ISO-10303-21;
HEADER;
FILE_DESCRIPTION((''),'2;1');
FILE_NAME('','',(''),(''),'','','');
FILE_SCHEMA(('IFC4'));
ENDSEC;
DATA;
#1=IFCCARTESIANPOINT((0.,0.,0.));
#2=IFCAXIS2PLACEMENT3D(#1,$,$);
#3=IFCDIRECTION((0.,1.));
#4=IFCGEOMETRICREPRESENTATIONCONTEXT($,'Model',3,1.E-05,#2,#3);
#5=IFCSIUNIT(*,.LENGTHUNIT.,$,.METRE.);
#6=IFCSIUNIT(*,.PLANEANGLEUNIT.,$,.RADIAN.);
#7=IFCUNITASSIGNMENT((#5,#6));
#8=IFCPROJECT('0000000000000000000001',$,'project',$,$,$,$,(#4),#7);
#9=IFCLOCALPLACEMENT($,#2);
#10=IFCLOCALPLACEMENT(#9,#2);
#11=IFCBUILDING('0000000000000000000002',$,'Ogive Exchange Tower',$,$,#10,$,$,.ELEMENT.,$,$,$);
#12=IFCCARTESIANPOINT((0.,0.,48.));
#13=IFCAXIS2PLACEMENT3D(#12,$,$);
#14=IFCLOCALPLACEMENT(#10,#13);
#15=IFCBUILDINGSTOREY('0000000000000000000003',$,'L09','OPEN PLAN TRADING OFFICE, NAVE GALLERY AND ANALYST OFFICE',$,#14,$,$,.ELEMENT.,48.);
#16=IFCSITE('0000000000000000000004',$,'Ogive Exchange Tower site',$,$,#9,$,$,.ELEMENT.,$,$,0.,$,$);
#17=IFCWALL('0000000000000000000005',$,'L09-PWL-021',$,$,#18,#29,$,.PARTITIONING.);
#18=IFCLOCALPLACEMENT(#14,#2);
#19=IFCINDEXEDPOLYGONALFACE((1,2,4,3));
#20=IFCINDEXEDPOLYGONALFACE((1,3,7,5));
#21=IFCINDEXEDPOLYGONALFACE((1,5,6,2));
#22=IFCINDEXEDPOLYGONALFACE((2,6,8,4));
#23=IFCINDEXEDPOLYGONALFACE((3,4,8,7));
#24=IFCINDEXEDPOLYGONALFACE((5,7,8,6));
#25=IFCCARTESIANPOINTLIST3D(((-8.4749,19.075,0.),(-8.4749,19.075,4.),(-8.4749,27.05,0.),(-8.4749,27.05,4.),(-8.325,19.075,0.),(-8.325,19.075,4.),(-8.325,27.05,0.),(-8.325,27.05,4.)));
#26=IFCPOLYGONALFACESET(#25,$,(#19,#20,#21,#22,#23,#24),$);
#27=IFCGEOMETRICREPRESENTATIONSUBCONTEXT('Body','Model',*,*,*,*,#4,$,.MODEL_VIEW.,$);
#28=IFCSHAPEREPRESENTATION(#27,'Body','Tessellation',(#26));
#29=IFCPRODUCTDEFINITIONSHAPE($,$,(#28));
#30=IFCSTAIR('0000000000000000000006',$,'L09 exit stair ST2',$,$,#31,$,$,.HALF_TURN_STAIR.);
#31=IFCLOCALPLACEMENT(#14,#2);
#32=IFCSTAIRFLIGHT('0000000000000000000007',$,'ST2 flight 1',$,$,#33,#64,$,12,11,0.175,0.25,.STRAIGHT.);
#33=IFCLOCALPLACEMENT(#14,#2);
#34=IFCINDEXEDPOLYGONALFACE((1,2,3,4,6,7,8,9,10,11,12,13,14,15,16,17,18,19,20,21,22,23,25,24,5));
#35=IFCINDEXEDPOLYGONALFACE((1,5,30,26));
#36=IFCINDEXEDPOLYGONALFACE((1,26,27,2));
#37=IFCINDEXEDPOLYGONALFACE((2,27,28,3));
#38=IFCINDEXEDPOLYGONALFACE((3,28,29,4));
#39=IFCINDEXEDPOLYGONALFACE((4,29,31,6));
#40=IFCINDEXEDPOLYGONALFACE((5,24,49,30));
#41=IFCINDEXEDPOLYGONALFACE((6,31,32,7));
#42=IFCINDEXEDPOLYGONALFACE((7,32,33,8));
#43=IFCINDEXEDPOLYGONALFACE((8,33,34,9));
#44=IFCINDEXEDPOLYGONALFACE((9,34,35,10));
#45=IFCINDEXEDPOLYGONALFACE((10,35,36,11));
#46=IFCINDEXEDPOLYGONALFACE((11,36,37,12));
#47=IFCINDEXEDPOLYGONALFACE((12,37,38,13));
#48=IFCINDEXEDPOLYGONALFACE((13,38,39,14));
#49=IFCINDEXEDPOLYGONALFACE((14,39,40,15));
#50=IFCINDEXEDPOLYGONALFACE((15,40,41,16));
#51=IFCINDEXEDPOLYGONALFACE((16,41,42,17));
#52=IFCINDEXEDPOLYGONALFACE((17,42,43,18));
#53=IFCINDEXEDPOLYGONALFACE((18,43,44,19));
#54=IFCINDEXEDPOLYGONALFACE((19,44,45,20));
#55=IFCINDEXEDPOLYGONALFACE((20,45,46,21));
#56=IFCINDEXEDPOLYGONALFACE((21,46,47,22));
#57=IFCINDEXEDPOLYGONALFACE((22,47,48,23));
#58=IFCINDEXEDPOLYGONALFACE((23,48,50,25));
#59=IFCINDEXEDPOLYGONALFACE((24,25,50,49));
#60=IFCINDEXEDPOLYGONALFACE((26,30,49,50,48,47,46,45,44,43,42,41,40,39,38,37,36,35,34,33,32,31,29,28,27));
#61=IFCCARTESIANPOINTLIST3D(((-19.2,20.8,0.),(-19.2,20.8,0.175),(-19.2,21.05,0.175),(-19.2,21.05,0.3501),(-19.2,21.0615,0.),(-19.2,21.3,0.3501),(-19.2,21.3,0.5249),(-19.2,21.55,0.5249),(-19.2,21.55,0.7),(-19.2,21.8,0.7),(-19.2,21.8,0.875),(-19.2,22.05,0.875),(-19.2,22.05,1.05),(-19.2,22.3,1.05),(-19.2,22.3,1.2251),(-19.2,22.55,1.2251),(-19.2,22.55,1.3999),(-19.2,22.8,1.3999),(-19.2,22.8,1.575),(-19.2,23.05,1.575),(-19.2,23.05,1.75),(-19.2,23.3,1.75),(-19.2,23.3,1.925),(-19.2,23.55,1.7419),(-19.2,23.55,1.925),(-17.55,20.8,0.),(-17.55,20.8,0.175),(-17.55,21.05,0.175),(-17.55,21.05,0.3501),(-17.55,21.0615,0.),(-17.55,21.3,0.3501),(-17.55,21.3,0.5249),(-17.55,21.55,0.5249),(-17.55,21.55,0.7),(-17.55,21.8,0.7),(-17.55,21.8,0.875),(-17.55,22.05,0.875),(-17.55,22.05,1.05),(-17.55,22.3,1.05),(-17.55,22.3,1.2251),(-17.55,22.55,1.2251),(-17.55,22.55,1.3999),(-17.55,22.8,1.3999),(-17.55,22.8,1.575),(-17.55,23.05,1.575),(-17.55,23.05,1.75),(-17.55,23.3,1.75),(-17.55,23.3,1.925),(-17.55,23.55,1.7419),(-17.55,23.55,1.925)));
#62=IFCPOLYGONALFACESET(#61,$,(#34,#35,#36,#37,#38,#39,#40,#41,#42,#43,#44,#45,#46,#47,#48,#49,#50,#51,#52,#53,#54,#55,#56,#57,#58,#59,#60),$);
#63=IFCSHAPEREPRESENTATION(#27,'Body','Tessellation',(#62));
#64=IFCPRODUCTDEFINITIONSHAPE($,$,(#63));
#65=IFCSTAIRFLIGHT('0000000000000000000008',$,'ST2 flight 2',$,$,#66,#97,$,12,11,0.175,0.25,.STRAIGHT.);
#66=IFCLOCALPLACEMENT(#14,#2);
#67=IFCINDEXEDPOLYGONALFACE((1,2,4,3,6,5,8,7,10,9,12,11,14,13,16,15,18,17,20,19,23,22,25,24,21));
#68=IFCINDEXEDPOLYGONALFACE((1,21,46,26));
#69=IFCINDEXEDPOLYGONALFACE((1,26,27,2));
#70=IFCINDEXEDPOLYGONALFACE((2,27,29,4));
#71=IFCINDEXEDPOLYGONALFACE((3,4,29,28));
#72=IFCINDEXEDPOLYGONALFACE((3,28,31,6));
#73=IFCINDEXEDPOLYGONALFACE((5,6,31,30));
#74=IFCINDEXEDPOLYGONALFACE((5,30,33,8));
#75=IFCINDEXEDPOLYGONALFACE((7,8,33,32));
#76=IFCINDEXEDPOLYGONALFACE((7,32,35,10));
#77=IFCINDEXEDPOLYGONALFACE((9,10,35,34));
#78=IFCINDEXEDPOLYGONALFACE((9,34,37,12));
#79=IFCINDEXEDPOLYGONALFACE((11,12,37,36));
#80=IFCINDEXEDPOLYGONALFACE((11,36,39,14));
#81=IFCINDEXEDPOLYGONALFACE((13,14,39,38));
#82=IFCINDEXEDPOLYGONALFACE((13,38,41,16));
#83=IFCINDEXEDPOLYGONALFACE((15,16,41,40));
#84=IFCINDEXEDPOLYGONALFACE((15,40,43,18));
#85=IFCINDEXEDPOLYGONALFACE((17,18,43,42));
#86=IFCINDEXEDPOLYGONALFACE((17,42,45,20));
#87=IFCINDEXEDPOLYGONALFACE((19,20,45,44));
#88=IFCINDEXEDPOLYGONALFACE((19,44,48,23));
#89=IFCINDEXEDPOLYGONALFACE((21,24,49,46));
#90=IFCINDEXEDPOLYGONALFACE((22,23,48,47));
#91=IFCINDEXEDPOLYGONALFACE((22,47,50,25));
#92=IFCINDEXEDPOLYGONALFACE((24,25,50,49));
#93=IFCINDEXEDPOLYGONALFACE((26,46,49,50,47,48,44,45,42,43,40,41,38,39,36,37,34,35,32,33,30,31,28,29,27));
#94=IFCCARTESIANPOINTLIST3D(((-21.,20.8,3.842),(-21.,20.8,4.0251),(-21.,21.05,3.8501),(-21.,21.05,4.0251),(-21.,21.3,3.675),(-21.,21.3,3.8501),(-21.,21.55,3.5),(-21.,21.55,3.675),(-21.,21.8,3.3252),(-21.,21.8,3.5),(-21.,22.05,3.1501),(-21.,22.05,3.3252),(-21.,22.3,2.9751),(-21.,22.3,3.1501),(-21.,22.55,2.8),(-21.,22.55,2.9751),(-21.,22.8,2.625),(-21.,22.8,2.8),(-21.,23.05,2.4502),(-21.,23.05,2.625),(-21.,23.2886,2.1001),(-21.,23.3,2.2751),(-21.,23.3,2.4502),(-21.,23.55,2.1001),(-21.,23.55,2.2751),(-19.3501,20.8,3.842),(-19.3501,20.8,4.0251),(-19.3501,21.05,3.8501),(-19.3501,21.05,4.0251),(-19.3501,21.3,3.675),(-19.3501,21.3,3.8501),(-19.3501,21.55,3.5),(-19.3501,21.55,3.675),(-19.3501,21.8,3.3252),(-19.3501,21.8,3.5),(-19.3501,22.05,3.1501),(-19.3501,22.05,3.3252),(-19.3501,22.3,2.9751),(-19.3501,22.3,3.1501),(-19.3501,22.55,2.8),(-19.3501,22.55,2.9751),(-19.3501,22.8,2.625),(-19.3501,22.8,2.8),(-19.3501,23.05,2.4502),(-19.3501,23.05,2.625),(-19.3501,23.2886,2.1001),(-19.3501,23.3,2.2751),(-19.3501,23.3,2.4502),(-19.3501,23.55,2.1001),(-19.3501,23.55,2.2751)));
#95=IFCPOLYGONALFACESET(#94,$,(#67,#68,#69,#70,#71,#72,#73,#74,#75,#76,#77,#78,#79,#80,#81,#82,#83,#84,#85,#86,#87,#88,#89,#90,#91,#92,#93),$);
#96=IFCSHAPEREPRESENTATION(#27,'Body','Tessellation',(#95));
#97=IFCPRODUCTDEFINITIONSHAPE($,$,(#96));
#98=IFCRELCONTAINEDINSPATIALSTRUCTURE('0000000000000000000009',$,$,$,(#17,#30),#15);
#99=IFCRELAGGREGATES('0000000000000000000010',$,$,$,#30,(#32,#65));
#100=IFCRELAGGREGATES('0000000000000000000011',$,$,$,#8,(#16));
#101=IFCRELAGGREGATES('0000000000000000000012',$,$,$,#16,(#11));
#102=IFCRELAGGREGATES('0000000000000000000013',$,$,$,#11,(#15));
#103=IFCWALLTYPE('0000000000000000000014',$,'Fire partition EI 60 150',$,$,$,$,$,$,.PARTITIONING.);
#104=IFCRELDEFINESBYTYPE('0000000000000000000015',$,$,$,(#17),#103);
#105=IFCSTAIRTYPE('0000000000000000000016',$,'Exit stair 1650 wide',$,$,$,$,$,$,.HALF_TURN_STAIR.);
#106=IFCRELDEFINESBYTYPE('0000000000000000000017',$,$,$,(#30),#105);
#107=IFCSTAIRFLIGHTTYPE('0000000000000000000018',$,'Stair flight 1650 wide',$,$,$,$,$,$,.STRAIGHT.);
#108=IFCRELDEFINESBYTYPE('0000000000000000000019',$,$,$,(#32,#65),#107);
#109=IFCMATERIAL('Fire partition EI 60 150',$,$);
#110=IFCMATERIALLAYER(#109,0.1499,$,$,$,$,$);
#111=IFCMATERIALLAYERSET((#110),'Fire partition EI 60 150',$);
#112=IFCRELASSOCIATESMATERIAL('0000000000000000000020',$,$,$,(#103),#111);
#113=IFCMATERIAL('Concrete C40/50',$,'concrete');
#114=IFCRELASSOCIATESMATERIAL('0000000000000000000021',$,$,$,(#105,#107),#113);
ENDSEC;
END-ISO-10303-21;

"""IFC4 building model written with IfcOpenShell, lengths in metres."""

from ifc_helpers import new_model, si_unit, direction, frame, frame_2d, origin, place, context, subcontext, project, spatial, polyline, rectangle, outline, extrude, material, layer, layer_set, type_object, element, aggregate, save


model = new_model("IFC4")

# Units and contexts
model_context = context("Model", 3, precision=1e-05, world=origin(), true_north=direction((0.0, 1.0)))
body_context = subcontext(model_context, "Body", "Model", "MODEL_VIEW")
ifc_project = project(units=[si_unit("LENGTHUNIT", "METRE"), si_unit("PLANEANGLEUNIT", "RADIAN")], contexts=[model_context])

# Site, building, storey
site_placement = place(None, origin())
site = spatial("IfcSite", under=ifc_project, at=site_placement, Name="Ogive Exchange Tower site", CompositionType="ELEMENT", RefElevation=0.0)
building_placement = place(site_placement, origin())
building = spatial("IfcBuilding", under=site, at=building_placement, Name="Ogive Exchange Tower", CompositionType="ELEMENT")
storey_placement = place(building_placement, frame((0.0, 0.0, 48.0)))
storey = spatial("IfcBuildingStorey", under=building, at=storey_placement, Name="L09", Description="OPEN PLAN TRADING OFFICE, NAVE GALLERY AND ANALYST OFFICE", CompositionType="ELEMENT", Elevation=48.0)

# Wall
ifc_material_1 = material(Name="Fire partition EI 60 150")
ifc_layer = layer(ifc_material_1, 0.1499)
ifc_layer_set = layer_set([ifc_layer], Name="Fire partition EI 60 150")
wall_type = type_object("IfcWallType", Name="Fire partition EI 60 150", PredefinedType="PARTITIONING", material=ifc_layer_set)
wall_1_placement = place(storey_placement, frame((-8.3999, 27.05, 0.0), z_axis=(0.0, 0.0, 1.0), x_axis=(0.0, -1.0, 0.0)))
element("IfcWall", 1, at=wall_1_placement, inside=storey, type_object=wall_type, Name="L09-PWL-021", PredefinedType="PARTITIONING", context=body_context, shape_type="SweptSolid", body=[
    extrude(rectangle(XDim=7.9751, YDim=0.1499, at=frame_2d((3.9875, 0.0))), origin(), (0.0, 0.0, 1.0), 4.0),
])

# Stair, stair flights
ifc_material_2 = material(Name="Concrete C40/50", Category="concrete")
stair_type = type_object("IfcStairType", Name="Exit stair 1650 wide", PredefinedType="HALF_TURN_STAIR", material=ifc_material_2)
stair_placement = place(storey_placement, origin())
stair = element("IfcStair", 2, at=stair_placement, inside=storey, type_object=stair_type, Name="L09 exit stair ST2", PredefinedType="HALF_TURN_STAIR")
stair_flight_type = type_object("IfcStairFlightType", Name="Stair flight 1650 wide", PredefinedType="STRAIGHT", material=ifc_material_2)
stair_flight_1_placement = place(storey_placement, frame((-18.375, 20.8, 0.0), z_axis=(0.0, 0.0, 1.0), x_axis=(0.0, 1.0, 0.0)))
stair_flight_1 = element("IfcStairFlight", 3, at=stair_flight_1_placement, type_object=stair_flight_type, Name="ST2 flight 1", NumberOfRisers=12, NumberOfTreads=11, PredefinedType="STRAIGHT", RiserHeight=0.175, TreadLength=0.25, context=body_context, shape_type="SweptSolid", body=[
    extrude(outline(polyline([(0.0, 0.0), (0.0, 0.175), (0.25, 0.175), (0.25, 0.3501), (0.5, 0.3501), (0.5, 0.5249), (0.75, 0.5249), (0.75, 0.7), (1.0, 0.7), (1.0, 0.875), (1.25, 0.875), (1.25, 1.05), (1.5, 1.05), (1.5, 1.2251), (1.75, 1.2251), (1.75, 1.3999), (2.0, 1.3999), (2.0, 1.575), (2.25, 1.575), (2.25, 1.75), (2.5, 1.75), (2.5, 1.925), (2.75, 1.925), (2.75, 2.1001), (2.75, 1.7419), (0.2615, 0.0), (0.0, 0.0)])), frame((0.0, 0.825, 0.0), z_axis=(0.0, -1.0, 0.0), x_axis=(1.0, 0.0, 0.0)), (0.0, 0.0, 1.0), 1.6499),
])
stair_flight_2_placement = place(storey_placement, frame((-20.175, 23.55, 2.1001), z_axis=(0.0, 0.0, 1.0), x_axis=(0.0, -1.0, 0.0)))
stair_flight_2 = element("IfcStairFlight", 4, at=stair_flight_2_placement, type_object=stair_flight_type, Name="ST2 flight 2", NumberOfRisers=12, NumberOfTreads=11, PredefinedType="STRAIGHT", RiserHeight=0.175, TreadLength=0.25, context=body_context, shape_type="SweptSolid", body=[
    extrude(outline(polyline([(0.0, 0.0), (0.0, 0.175), (0.25, 0.175), (0.25, 0.3501), (0.5, 0.3501), (0.5, 0.5249), (0.75, 0.5249), (0.75, 0.7), (1.0, 0.7), (1.0, 0.875), (1.25, 0.875), (1.25, 1.05), (1.5, 1.05), (1.5, 1.2251), (1.75, 1.2251), (1.75, 1.3999), (2.0, 1.3999), (2.0, 1.575), (2.25, 1.575), (2.25, 1.75), (2.5, 1.75), (2.5, 1.925), (2.75, 1.925), (2.75, 2.1001), (2.75, 1.7419), (0.2615, 0.0), (0.0, 0.0)])), frame((0.0, 0.825, 0.0), z_axis=(0.0, -1.0, 0.0), x_axis=(1.0, 0.0, 0.0)), (0.0, 0.0, 1.0), 1.6499),
])
aggregate(stair, [stair_flight_1, stair_flight_2])

save(model, "model.ifc")
